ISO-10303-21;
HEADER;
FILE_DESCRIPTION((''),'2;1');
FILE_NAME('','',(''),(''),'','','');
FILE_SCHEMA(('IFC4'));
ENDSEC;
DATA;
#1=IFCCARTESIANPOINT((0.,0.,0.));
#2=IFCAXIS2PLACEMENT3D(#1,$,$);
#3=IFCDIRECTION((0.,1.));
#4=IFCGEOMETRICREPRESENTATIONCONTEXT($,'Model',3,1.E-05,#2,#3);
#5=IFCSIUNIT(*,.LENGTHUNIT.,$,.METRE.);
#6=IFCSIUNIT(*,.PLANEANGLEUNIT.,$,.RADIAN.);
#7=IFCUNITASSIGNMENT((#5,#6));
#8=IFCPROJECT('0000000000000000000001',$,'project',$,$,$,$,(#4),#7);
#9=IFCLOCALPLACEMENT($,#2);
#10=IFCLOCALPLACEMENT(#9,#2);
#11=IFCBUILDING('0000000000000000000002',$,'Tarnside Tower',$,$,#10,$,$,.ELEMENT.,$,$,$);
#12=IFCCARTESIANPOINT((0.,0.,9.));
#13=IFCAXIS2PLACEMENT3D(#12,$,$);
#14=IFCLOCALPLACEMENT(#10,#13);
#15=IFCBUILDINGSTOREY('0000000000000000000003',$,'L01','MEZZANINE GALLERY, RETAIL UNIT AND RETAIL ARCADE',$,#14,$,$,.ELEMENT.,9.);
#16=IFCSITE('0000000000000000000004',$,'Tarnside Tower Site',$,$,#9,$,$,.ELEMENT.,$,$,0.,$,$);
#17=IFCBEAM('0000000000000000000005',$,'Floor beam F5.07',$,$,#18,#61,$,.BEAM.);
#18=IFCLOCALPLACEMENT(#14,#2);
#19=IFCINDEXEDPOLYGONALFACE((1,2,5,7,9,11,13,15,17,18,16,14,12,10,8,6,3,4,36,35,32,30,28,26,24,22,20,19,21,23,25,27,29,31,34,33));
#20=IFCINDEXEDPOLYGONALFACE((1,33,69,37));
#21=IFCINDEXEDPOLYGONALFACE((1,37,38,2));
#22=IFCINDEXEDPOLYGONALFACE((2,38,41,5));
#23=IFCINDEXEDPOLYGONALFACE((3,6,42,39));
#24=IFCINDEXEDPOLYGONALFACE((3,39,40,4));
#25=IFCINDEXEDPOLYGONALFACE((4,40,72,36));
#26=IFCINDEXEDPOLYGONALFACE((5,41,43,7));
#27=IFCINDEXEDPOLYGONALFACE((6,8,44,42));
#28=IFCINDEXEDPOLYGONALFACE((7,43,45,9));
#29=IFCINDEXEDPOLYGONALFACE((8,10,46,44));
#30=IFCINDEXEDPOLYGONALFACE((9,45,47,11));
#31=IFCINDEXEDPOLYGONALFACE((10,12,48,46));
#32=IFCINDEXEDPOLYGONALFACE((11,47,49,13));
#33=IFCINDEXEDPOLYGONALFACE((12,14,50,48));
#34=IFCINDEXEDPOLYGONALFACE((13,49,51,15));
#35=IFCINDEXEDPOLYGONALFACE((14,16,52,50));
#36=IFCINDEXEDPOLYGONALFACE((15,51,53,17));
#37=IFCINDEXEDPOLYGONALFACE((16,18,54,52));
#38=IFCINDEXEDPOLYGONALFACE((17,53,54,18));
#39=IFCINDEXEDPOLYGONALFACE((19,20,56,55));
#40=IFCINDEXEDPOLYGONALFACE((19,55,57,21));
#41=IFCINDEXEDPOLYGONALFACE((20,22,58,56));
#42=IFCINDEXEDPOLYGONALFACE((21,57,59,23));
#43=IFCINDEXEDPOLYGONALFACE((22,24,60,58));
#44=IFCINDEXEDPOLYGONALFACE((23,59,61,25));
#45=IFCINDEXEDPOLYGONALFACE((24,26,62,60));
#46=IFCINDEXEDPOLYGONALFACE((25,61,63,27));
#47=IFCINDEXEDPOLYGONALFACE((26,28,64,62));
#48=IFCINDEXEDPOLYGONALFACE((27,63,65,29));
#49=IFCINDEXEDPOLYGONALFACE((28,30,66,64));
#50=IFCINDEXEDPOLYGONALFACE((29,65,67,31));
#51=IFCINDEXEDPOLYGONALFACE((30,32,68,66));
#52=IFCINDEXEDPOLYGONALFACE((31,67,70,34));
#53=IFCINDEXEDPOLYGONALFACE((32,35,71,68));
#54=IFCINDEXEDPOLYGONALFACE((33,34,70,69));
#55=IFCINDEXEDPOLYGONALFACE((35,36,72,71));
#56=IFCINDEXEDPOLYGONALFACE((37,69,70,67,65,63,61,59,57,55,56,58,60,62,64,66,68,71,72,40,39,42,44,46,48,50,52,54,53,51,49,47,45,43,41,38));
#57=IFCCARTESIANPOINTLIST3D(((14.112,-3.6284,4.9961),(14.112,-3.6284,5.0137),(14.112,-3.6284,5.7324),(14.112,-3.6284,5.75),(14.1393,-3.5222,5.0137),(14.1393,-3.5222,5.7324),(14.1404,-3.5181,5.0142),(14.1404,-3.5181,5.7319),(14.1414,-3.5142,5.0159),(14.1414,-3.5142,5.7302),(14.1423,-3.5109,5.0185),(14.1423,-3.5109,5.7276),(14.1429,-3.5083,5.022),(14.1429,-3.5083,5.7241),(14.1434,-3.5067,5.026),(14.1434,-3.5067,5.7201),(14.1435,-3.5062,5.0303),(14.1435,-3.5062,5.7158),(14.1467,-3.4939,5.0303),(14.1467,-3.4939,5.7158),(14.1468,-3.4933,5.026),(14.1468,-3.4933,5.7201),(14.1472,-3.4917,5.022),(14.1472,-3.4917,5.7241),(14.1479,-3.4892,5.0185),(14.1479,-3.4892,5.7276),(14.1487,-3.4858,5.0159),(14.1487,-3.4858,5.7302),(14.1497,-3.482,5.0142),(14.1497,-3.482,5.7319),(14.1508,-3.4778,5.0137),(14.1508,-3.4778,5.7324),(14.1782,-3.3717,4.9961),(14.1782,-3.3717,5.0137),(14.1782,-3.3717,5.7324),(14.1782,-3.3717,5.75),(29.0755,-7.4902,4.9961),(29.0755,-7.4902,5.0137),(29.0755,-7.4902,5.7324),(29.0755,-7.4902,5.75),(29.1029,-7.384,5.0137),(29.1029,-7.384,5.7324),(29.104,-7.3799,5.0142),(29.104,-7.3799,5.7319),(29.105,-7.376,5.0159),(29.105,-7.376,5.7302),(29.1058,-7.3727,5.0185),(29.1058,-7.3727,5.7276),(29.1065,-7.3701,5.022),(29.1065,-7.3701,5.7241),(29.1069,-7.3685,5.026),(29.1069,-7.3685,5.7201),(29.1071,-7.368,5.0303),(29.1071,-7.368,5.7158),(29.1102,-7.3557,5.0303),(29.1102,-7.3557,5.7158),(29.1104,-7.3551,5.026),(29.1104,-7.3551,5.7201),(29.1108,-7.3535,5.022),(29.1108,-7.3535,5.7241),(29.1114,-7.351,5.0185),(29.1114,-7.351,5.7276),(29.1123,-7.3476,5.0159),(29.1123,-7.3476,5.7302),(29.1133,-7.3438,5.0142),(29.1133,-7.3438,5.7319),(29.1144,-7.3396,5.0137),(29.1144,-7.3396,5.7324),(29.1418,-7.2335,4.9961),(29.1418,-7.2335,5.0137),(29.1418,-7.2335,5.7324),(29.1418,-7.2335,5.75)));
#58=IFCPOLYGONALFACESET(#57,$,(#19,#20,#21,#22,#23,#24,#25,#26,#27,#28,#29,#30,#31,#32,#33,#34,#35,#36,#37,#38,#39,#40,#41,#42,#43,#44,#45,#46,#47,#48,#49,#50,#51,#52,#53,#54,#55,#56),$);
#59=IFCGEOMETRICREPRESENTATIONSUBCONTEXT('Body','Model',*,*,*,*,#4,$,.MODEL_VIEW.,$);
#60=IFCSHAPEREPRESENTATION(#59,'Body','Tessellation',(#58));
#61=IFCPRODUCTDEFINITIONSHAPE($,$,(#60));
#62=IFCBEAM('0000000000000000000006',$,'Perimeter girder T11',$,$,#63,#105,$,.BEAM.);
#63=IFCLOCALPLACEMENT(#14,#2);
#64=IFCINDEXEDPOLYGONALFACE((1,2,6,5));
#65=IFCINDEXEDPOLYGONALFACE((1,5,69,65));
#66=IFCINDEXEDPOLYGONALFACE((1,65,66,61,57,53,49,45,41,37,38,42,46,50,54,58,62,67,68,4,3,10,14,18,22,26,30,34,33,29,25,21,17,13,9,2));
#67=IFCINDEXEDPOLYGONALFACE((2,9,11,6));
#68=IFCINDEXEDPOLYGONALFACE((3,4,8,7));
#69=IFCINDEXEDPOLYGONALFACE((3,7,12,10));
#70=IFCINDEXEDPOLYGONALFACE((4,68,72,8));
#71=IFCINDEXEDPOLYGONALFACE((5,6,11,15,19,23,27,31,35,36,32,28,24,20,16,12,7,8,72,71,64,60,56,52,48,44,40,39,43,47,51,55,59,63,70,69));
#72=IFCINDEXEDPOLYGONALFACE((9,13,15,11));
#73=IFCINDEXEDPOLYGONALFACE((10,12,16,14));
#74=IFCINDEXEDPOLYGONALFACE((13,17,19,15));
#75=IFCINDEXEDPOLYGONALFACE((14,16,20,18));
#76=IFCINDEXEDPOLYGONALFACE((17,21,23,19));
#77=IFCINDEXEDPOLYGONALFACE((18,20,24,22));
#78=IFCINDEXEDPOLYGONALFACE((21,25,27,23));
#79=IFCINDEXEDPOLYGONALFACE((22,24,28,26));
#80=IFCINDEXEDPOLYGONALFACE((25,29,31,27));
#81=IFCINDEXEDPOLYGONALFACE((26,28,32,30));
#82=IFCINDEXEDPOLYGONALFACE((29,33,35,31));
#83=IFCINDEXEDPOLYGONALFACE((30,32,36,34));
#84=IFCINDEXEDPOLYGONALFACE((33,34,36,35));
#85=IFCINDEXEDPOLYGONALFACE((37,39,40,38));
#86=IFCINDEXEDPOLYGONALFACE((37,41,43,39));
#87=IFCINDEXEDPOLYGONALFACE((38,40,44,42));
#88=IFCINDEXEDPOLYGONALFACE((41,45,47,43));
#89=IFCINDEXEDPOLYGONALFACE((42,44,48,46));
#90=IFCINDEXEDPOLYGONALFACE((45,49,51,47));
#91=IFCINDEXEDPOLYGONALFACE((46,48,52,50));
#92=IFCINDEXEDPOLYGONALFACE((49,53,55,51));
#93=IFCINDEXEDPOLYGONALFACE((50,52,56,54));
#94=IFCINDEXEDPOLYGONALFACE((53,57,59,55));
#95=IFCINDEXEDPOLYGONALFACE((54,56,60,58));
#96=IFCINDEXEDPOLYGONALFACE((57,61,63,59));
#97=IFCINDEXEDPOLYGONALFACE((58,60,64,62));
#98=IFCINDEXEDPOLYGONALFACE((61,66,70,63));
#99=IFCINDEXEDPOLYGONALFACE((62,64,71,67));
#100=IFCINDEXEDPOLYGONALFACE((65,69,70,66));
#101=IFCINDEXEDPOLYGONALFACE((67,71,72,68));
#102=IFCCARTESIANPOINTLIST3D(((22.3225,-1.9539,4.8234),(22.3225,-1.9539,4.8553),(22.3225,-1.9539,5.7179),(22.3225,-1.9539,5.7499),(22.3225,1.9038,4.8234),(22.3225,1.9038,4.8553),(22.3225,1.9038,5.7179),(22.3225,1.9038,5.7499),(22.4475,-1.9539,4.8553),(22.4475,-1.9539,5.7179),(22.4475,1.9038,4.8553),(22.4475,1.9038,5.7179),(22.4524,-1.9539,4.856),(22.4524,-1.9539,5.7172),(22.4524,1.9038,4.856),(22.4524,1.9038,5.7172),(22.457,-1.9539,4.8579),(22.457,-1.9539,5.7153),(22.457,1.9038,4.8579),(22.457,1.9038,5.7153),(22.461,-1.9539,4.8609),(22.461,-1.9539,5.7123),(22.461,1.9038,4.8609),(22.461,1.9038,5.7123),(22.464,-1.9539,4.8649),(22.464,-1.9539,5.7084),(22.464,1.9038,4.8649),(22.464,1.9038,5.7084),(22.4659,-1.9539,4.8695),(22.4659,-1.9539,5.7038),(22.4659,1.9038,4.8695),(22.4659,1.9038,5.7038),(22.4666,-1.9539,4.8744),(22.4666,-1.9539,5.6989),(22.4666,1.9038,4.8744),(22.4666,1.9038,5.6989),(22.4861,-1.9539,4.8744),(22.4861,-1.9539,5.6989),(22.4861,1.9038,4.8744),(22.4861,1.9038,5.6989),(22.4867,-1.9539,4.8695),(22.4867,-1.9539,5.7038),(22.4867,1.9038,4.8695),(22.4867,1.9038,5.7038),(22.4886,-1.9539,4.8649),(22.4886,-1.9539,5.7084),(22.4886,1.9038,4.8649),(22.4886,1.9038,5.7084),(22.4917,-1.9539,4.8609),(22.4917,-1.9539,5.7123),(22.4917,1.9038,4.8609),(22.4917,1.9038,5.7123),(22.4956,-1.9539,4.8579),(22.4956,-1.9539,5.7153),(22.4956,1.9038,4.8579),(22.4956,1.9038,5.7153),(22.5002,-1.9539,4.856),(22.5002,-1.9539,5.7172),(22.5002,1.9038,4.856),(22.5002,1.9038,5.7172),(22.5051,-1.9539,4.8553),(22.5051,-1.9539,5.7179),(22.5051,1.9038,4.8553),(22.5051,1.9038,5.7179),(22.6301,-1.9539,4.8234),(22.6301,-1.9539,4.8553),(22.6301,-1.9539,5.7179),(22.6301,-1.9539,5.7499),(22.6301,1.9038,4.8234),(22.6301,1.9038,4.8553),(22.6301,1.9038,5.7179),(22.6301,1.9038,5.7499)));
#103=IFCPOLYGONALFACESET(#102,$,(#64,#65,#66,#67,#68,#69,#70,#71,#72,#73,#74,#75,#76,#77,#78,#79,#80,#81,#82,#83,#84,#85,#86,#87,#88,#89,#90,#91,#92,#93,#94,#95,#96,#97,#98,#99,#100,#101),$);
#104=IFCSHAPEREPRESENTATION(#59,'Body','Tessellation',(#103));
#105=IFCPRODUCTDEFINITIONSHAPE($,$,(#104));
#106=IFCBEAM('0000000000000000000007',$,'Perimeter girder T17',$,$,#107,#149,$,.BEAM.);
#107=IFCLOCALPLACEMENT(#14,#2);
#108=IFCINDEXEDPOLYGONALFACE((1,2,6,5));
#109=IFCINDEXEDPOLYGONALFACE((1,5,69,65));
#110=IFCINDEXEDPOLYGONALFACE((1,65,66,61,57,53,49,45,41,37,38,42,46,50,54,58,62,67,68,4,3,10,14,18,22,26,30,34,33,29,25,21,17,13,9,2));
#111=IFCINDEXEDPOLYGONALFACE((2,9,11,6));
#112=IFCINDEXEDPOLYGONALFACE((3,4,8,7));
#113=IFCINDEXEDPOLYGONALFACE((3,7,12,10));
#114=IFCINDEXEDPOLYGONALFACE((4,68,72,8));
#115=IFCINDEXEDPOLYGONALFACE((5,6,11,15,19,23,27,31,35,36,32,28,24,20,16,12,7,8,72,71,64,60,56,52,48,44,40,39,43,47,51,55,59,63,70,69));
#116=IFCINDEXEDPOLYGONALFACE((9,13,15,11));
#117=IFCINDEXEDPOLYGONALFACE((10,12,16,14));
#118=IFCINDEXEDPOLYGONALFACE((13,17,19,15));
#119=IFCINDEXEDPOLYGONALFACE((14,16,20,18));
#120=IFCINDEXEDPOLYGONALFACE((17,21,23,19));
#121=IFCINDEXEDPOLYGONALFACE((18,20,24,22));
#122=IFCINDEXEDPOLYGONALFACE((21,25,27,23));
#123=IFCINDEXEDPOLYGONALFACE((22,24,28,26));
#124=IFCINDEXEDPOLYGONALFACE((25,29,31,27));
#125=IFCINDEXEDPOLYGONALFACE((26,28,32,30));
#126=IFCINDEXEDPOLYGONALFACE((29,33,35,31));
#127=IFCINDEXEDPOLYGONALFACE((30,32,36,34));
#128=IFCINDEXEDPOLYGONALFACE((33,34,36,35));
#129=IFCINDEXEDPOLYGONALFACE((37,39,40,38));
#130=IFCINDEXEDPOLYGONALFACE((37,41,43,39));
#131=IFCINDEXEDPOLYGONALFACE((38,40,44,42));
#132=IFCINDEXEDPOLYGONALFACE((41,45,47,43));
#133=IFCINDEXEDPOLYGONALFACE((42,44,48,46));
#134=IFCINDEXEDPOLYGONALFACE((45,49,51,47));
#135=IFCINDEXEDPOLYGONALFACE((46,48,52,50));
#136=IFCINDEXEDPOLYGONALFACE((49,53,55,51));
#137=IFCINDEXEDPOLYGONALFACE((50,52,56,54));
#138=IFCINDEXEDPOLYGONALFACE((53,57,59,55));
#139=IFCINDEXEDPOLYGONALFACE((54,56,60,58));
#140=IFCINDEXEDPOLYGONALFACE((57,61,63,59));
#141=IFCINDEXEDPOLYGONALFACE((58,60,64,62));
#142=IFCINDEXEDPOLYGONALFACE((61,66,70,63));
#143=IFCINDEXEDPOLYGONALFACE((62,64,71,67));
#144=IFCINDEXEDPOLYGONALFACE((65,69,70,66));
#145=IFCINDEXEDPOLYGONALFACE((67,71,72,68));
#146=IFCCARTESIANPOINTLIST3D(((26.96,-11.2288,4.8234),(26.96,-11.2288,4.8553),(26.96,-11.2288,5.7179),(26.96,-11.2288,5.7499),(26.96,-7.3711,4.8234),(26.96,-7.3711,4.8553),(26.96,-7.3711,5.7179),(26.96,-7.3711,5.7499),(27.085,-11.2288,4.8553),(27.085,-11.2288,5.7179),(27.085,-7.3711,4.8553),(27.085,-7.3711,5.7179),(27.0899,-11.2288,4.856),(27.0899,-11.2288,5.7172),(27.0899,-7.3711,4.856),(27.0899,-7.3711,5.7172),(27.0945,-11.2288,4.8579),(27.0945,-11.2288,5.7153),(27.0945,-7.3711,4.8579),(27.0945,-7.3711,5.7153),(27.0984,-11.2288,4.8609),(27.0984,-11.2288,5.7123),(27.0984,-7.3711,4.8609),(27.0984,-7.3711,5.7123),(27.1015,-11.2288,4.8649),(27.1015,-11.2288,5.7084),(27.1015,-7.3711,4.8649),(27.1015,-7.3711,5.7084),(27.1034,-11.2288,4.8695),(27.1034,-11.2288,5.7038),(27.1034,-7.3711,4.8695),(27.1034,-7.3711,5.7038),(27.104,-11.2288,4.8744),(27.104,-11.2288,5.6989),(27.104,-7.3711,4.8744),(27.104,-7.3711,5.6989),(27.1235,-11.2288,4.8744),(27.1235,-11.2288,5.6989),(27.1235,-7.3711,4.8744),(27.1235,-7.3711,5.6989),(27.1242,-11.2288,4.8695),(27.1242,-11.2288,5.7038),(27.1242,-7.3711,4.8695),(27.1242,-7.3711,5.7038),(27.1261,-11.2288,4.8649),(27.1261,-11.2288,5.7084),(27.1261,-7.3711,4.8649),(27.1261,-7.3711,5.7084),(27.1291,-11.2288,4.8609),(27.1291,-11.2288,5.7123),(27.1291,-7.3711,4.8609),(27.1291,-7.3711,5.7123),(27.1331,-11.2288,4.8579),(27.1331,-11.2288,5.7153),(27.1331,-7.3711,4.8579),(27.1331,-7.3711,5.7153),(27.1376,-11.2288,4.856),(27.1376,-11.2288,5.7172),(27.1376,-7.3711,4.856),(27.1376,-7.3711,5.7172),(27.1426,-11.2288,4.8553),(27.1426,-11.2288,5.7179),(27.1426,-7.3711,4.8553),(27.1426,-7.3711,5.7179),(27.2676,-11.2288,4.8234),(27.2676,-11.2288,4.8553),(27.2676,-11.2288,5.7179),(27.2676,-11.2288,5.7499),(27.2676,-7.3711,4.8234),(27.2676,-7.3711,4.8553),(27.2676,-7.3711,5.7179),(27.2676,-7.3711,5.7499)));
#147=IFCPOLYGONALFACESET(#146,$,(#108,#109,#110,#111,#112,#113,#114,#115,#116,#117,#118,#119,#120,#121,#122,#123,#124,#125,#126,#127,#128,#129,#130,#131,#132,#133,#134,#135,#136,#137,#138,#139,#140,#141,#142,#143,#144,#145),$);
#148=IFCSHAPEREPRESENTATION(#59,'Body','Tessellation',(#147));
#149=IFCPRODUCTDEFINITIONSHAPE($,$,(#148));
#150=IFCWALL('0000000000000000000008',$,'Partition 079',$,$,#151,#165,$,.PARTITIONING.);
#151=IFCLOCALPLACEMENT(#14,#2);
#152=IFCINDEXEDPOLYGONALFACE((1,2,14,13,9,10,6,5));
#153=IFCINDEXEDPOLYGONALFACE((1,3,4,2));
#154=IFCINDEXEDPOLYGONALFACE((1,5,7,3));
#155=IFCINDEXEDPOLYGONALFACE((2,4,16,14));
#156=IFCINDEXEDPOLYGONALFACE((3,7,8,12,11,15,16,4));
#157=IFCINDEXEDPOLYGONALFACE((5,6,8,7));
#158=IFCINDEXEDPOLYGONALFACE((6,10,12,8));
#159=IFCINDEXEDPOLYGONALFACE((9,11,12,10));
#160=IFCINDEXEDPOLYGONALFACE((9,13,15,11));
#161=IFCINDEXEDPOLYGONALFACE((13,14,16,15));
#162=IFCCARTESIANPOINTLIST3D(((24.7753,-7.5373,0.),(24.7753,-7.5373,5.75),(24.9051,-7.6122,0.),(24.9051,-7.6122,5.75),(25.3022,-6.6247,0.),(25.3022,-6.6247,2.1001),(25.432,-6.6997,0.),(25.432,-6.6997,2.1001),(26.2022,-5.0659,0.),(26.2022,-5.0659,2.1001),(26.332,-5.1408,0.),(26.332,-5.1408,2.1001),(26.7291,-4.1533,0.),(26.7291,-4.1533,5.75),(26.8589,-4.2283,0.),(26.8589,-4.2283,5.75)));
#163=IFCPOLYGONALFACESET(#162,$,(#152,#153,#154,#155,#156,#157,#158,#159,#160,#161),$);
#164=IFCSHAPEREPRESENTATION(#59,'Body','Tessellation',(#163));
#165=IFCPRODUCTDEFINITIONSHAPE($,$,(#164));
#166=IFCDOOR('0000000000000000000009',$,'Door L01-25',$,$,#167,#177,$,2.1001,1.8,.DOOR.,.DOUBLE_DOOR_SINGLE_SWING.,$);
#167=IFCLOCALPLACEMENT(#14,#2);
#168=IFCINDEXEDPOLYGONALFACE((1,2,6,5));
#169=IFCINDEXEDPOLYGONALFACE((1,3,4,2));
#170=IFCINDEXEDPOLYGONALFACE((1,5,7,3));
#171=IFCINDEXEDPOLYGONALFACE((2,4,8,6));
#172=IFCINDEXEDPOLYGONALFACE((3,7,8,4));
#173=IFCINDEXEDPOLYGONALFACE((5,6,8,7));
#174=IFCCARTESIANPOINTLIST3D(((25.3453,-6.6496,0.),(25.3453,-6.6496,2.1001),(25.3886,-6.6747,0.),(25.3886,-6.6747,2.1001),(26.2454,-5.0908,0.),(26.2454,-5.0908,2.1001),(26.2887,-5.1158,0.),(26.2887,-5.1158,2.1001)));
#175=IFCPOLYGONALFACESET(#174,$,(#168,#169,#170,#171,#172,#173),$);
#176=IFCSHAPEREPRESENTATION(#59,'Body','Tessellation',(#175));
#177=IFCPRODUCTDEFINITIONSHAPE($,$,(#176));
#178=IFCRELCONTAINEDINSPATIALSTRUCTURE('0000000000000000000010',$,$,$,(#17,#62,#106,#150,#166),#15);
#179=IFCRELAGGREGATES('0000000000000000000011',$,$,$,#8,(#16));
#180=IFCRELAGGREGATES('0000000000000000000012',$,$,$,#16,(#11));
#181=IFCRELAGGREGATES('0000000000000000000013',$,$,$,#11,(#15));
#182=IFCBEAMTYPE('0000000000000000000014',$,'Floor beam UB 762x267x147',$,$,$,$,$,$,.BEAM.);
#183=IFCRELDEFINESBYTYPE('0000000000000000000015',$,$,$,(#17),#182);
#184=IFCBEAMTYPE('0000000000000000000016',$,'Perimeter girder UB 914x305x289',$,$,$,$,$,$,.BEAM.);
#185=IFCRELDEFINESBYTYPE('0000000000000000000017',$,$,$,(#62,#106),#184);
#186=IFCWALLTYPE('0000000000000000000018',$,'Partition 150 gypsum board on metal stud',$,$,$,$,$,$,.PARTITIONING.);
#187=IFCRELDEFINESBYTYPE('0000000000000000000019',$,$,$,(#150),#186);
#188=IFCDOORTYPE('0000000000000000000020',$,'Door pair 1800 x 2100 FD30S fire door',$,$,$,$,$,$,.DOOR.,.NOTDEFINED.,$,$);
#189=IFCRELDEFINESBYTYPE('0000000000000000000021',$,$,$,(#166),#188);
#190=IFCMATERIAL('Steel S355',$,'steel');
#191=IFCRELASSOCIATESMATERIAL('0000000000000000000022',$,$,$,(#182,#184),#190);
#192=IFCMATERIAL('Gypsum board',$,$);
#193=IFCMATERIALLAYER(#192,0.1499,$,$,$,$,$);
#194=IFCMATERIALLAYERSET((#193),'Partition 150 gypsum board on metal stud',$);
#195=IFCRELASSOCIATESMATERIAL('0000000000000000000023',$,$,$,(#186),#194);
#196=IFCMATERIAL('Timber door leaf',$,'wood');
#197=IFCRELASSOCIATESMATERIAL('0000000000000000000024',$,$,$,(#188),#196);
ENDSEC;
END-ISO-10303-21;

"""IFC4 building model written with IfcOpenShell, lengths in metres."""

from ifc_helpers import new_model, si_unit, direction, frame, frame_2d, origin, origin_2d, place, context, subcontext, project, spatial, rectangle, i_section, extrude, material, layer, layer_set, material_profile, profile_set, type_object, element, fill, save


model = new_model("IFC4")

# Units and contexts
model_context = context("Model", 3, precision=1e-05, world=origin(), true_north=direction((0.0, 1.0)))
body_context = subcontext(model_context, "Body", "Model", "MODEL_VIEW")
ifc_project = project(units=[si_unit("LENGTHUNIT", "METRE"), si_unit("PLANEANGLEUNIT", "RADIAN")], contexts=[model_context])

# Site, building, storey
site_placement = place(None, origin())
site = spatial("IfcSite", under=ifc_project, at=site_placement, Name="Tarnside Tower Site", CompositionType="ELEMENT", RefElevation=0.0)
building_placement = place(site_placement, origin())
building = spatial("IfcBuilding", under=site, at=building_placement, Name="Tarnside Tower", CompositionType="ELEMENT")
storey_placement = place(building_placement, frame((0.0, 0.0, 9.0)))
storey = spatial("IfcBuildingStorey", under=building, at=storey_placement, Name="L01", Description="MEZZANINE GALLERY, RETAIL UNIT AND RETAIL ARCADE", CompositionType="ELEMENT", Elevation=9.0)

# Beams
ifc_material_1 = material(Name="Steel S355", Category="steel")
ifc_material_profile_1 = material_profile(ifc_material_1, i_section(OverallWidth=0.2651, OverallDepth=0.7539, WebThickness=0.0127, FlangeThickness=0.0176, FilletRadius=0.0166, at=origin_2d()), Name="UB 762x267x147")
ifc_profile_set_1 = profile_set([ifc_material_profile_1], Name="Steel S355")
beam_type_1 = type_object("IfcBeamType", Name="Floor beam UB 762x267x147", PredefinedType="BEAM", material=ifc_profile_set_1)
beam_1_placement = place(storey_placement, frame((29.1086, -7.3618, 5.373), z_axis=(-0.968274, 0.249892, 0.0), x_axis=(-0.249892, -0.968274, 0.0)))
element("IfcBeam", 1, at=beam_1_placement, inside=storey, type_object=beam_type_1, Name="Floor beam F5.07", PredefinedType="BEAM", context=body_context, shape_type="SweptSolid", body=[
    extrude(i_section(OverallWidth=0.2651, OverallDepth=0.7539, WebThickness=0.0127, FlangeThickness=0.0176, FilletRadius=0.0166, at=origin_2d()), origin(), (0.0, 0.0, 1.0), 15.4539),
])
ifc_material_profile_2 = material_profile(ifc_material_1, i_section(OverallWidth=0.3076, OverallDepth=0.9265, WebThickness=0.0195, FlangeThickness=0.032, FilletRadius=0.019, at=origin_2d()), Name="UB 914x305x289")
ifc_profile_set_2 = profile_set([ifc_material_profile_2], Name="Steel S355")
beam_type_2 = type_object("IfcBeamType", Name="Perimeter girder UB 914x305x289", PredefinedType="BEAM", material=ifc_profile_set_2)
for number, where, z_axis, x_axis, name in (
    (2, (22.4763, -1.9539, 5.2866), (0.0, 1.0, 0.0), (-1.0, 0.0, 0.0), "Perimeter girder T11"),
    (3, (27.1138, -7.3711, 5.2866), (0.0, -1.0, 0.0), (1.0, 0.0, 0.0), "Perimeter girder T17"),
):
    element("IfcBeam", number, at=place(storey_placement, frame(where, z_axis=z_axis, x_axis=x_axis)), inside=storey, type_object=beam_type_2, Name=name, PredefinedType="BEAM", context=body_context, shape_type="SweptSolid", body=[
        extrude(i_section(OverallWidth=0.3076, OverallDepth=0.9265, WebThickness=0.0195, FlangeThickness=0.032, FilletRadius=0.019, at=origin_2d()), origin(), (0.0, 0.0, 1.0), 3.8577),
    ])

# Wall, opening, door
ifc_material_2 = material(Name="Gypsum board")
ifc_layer_1 = layer(ifc_material_2, 0.1499)
ifc_layer_set_1 = layer_set([ifc_layer_1], Name="Partition 150 gypsum board on metal stud")
wall_type_1 = type_object("IfcWallType", Name="Partition 150 gypsum board on metal stud", PredefinedType="PARTITIONING", material=ifc_layer_set_1)
wall_1_placement = place(storey_placement, frame((26.7939, -4.1909, 0.0), z_axis=(0.0, 0.0, 1.0), x_axis=(-0.500016, -0.866016, 0.0)))
wall_1 = element("IfcWall", 4, at=wall_1_placement, inside=storey, type_object=wall_type_1, Name="Partition 079", PredefinedType="PARTITIONING", context=body_context, shape_type="SweptSolid", body=[
    extrude(rectangle(XDim=3.9075, YDim=0.1499, at=frame_2d((1.9536, 0.0))), origin(), (0.0, 0.0, 1.0), 5.75),
])
opening_1_placement = place(wall_1_placement, frame((1.0537, 0.0, 0.0)))
opening_1 = element("IfcOpeningElement", 5, at=opening_1_placement, cuts=wall_1, PredefinedType="OPENING", context=body_context, shape_type="SweptSolid", body=[
    extrude(rectangle(XDim=1.8, YDim=2.1001, at=frame_2d((0.8999, 1.05))), frame((0.0, 0.085, 0.0), z_axis=(0.0, -1.0, 0.0), x_axis=(1.0, 0.0, 0.0)), (0.0, 0.0, 1.0), 0.1699),
])
ifc_material_3 = material(Name="Timber door leaf", Category="wood")
door_type_1 = type_object("IfcDoorType", Name="Door pair 1800 x 2100 FD30S fire door", OperationType="NOTDEFINED", PredefinedType="DOOR", material=ifc_material_3)
door_1_placement = place(opening_1_placement, origin())
door_1 = element("IfcDoor", 6, at=door_1_placement, inside=storey, type_object=door_type_1, Name="Door L01-25", OperationType="DOUBLE_DOOR_SINGLE_SWING", OverallHeight=2.1001, OverallWidth=1.8, PredefinedType="DOOR", context=body_context, shape_type="SweptSolid", body=[
    extrude(rectangle(XDim=1.8, YDim=2.1001, at=frame_2d((0.8999, 1.05))), frame((0.0, 0.0249, 0.0), z_axis=(0.0, -1.0, 0.0), x_axis=(1.0, 0.0, 0.0)), (0.0, 0.0, 1.0), 0.05),
])
fill(opening_1, door_1)

save(model, "model.ifc")
